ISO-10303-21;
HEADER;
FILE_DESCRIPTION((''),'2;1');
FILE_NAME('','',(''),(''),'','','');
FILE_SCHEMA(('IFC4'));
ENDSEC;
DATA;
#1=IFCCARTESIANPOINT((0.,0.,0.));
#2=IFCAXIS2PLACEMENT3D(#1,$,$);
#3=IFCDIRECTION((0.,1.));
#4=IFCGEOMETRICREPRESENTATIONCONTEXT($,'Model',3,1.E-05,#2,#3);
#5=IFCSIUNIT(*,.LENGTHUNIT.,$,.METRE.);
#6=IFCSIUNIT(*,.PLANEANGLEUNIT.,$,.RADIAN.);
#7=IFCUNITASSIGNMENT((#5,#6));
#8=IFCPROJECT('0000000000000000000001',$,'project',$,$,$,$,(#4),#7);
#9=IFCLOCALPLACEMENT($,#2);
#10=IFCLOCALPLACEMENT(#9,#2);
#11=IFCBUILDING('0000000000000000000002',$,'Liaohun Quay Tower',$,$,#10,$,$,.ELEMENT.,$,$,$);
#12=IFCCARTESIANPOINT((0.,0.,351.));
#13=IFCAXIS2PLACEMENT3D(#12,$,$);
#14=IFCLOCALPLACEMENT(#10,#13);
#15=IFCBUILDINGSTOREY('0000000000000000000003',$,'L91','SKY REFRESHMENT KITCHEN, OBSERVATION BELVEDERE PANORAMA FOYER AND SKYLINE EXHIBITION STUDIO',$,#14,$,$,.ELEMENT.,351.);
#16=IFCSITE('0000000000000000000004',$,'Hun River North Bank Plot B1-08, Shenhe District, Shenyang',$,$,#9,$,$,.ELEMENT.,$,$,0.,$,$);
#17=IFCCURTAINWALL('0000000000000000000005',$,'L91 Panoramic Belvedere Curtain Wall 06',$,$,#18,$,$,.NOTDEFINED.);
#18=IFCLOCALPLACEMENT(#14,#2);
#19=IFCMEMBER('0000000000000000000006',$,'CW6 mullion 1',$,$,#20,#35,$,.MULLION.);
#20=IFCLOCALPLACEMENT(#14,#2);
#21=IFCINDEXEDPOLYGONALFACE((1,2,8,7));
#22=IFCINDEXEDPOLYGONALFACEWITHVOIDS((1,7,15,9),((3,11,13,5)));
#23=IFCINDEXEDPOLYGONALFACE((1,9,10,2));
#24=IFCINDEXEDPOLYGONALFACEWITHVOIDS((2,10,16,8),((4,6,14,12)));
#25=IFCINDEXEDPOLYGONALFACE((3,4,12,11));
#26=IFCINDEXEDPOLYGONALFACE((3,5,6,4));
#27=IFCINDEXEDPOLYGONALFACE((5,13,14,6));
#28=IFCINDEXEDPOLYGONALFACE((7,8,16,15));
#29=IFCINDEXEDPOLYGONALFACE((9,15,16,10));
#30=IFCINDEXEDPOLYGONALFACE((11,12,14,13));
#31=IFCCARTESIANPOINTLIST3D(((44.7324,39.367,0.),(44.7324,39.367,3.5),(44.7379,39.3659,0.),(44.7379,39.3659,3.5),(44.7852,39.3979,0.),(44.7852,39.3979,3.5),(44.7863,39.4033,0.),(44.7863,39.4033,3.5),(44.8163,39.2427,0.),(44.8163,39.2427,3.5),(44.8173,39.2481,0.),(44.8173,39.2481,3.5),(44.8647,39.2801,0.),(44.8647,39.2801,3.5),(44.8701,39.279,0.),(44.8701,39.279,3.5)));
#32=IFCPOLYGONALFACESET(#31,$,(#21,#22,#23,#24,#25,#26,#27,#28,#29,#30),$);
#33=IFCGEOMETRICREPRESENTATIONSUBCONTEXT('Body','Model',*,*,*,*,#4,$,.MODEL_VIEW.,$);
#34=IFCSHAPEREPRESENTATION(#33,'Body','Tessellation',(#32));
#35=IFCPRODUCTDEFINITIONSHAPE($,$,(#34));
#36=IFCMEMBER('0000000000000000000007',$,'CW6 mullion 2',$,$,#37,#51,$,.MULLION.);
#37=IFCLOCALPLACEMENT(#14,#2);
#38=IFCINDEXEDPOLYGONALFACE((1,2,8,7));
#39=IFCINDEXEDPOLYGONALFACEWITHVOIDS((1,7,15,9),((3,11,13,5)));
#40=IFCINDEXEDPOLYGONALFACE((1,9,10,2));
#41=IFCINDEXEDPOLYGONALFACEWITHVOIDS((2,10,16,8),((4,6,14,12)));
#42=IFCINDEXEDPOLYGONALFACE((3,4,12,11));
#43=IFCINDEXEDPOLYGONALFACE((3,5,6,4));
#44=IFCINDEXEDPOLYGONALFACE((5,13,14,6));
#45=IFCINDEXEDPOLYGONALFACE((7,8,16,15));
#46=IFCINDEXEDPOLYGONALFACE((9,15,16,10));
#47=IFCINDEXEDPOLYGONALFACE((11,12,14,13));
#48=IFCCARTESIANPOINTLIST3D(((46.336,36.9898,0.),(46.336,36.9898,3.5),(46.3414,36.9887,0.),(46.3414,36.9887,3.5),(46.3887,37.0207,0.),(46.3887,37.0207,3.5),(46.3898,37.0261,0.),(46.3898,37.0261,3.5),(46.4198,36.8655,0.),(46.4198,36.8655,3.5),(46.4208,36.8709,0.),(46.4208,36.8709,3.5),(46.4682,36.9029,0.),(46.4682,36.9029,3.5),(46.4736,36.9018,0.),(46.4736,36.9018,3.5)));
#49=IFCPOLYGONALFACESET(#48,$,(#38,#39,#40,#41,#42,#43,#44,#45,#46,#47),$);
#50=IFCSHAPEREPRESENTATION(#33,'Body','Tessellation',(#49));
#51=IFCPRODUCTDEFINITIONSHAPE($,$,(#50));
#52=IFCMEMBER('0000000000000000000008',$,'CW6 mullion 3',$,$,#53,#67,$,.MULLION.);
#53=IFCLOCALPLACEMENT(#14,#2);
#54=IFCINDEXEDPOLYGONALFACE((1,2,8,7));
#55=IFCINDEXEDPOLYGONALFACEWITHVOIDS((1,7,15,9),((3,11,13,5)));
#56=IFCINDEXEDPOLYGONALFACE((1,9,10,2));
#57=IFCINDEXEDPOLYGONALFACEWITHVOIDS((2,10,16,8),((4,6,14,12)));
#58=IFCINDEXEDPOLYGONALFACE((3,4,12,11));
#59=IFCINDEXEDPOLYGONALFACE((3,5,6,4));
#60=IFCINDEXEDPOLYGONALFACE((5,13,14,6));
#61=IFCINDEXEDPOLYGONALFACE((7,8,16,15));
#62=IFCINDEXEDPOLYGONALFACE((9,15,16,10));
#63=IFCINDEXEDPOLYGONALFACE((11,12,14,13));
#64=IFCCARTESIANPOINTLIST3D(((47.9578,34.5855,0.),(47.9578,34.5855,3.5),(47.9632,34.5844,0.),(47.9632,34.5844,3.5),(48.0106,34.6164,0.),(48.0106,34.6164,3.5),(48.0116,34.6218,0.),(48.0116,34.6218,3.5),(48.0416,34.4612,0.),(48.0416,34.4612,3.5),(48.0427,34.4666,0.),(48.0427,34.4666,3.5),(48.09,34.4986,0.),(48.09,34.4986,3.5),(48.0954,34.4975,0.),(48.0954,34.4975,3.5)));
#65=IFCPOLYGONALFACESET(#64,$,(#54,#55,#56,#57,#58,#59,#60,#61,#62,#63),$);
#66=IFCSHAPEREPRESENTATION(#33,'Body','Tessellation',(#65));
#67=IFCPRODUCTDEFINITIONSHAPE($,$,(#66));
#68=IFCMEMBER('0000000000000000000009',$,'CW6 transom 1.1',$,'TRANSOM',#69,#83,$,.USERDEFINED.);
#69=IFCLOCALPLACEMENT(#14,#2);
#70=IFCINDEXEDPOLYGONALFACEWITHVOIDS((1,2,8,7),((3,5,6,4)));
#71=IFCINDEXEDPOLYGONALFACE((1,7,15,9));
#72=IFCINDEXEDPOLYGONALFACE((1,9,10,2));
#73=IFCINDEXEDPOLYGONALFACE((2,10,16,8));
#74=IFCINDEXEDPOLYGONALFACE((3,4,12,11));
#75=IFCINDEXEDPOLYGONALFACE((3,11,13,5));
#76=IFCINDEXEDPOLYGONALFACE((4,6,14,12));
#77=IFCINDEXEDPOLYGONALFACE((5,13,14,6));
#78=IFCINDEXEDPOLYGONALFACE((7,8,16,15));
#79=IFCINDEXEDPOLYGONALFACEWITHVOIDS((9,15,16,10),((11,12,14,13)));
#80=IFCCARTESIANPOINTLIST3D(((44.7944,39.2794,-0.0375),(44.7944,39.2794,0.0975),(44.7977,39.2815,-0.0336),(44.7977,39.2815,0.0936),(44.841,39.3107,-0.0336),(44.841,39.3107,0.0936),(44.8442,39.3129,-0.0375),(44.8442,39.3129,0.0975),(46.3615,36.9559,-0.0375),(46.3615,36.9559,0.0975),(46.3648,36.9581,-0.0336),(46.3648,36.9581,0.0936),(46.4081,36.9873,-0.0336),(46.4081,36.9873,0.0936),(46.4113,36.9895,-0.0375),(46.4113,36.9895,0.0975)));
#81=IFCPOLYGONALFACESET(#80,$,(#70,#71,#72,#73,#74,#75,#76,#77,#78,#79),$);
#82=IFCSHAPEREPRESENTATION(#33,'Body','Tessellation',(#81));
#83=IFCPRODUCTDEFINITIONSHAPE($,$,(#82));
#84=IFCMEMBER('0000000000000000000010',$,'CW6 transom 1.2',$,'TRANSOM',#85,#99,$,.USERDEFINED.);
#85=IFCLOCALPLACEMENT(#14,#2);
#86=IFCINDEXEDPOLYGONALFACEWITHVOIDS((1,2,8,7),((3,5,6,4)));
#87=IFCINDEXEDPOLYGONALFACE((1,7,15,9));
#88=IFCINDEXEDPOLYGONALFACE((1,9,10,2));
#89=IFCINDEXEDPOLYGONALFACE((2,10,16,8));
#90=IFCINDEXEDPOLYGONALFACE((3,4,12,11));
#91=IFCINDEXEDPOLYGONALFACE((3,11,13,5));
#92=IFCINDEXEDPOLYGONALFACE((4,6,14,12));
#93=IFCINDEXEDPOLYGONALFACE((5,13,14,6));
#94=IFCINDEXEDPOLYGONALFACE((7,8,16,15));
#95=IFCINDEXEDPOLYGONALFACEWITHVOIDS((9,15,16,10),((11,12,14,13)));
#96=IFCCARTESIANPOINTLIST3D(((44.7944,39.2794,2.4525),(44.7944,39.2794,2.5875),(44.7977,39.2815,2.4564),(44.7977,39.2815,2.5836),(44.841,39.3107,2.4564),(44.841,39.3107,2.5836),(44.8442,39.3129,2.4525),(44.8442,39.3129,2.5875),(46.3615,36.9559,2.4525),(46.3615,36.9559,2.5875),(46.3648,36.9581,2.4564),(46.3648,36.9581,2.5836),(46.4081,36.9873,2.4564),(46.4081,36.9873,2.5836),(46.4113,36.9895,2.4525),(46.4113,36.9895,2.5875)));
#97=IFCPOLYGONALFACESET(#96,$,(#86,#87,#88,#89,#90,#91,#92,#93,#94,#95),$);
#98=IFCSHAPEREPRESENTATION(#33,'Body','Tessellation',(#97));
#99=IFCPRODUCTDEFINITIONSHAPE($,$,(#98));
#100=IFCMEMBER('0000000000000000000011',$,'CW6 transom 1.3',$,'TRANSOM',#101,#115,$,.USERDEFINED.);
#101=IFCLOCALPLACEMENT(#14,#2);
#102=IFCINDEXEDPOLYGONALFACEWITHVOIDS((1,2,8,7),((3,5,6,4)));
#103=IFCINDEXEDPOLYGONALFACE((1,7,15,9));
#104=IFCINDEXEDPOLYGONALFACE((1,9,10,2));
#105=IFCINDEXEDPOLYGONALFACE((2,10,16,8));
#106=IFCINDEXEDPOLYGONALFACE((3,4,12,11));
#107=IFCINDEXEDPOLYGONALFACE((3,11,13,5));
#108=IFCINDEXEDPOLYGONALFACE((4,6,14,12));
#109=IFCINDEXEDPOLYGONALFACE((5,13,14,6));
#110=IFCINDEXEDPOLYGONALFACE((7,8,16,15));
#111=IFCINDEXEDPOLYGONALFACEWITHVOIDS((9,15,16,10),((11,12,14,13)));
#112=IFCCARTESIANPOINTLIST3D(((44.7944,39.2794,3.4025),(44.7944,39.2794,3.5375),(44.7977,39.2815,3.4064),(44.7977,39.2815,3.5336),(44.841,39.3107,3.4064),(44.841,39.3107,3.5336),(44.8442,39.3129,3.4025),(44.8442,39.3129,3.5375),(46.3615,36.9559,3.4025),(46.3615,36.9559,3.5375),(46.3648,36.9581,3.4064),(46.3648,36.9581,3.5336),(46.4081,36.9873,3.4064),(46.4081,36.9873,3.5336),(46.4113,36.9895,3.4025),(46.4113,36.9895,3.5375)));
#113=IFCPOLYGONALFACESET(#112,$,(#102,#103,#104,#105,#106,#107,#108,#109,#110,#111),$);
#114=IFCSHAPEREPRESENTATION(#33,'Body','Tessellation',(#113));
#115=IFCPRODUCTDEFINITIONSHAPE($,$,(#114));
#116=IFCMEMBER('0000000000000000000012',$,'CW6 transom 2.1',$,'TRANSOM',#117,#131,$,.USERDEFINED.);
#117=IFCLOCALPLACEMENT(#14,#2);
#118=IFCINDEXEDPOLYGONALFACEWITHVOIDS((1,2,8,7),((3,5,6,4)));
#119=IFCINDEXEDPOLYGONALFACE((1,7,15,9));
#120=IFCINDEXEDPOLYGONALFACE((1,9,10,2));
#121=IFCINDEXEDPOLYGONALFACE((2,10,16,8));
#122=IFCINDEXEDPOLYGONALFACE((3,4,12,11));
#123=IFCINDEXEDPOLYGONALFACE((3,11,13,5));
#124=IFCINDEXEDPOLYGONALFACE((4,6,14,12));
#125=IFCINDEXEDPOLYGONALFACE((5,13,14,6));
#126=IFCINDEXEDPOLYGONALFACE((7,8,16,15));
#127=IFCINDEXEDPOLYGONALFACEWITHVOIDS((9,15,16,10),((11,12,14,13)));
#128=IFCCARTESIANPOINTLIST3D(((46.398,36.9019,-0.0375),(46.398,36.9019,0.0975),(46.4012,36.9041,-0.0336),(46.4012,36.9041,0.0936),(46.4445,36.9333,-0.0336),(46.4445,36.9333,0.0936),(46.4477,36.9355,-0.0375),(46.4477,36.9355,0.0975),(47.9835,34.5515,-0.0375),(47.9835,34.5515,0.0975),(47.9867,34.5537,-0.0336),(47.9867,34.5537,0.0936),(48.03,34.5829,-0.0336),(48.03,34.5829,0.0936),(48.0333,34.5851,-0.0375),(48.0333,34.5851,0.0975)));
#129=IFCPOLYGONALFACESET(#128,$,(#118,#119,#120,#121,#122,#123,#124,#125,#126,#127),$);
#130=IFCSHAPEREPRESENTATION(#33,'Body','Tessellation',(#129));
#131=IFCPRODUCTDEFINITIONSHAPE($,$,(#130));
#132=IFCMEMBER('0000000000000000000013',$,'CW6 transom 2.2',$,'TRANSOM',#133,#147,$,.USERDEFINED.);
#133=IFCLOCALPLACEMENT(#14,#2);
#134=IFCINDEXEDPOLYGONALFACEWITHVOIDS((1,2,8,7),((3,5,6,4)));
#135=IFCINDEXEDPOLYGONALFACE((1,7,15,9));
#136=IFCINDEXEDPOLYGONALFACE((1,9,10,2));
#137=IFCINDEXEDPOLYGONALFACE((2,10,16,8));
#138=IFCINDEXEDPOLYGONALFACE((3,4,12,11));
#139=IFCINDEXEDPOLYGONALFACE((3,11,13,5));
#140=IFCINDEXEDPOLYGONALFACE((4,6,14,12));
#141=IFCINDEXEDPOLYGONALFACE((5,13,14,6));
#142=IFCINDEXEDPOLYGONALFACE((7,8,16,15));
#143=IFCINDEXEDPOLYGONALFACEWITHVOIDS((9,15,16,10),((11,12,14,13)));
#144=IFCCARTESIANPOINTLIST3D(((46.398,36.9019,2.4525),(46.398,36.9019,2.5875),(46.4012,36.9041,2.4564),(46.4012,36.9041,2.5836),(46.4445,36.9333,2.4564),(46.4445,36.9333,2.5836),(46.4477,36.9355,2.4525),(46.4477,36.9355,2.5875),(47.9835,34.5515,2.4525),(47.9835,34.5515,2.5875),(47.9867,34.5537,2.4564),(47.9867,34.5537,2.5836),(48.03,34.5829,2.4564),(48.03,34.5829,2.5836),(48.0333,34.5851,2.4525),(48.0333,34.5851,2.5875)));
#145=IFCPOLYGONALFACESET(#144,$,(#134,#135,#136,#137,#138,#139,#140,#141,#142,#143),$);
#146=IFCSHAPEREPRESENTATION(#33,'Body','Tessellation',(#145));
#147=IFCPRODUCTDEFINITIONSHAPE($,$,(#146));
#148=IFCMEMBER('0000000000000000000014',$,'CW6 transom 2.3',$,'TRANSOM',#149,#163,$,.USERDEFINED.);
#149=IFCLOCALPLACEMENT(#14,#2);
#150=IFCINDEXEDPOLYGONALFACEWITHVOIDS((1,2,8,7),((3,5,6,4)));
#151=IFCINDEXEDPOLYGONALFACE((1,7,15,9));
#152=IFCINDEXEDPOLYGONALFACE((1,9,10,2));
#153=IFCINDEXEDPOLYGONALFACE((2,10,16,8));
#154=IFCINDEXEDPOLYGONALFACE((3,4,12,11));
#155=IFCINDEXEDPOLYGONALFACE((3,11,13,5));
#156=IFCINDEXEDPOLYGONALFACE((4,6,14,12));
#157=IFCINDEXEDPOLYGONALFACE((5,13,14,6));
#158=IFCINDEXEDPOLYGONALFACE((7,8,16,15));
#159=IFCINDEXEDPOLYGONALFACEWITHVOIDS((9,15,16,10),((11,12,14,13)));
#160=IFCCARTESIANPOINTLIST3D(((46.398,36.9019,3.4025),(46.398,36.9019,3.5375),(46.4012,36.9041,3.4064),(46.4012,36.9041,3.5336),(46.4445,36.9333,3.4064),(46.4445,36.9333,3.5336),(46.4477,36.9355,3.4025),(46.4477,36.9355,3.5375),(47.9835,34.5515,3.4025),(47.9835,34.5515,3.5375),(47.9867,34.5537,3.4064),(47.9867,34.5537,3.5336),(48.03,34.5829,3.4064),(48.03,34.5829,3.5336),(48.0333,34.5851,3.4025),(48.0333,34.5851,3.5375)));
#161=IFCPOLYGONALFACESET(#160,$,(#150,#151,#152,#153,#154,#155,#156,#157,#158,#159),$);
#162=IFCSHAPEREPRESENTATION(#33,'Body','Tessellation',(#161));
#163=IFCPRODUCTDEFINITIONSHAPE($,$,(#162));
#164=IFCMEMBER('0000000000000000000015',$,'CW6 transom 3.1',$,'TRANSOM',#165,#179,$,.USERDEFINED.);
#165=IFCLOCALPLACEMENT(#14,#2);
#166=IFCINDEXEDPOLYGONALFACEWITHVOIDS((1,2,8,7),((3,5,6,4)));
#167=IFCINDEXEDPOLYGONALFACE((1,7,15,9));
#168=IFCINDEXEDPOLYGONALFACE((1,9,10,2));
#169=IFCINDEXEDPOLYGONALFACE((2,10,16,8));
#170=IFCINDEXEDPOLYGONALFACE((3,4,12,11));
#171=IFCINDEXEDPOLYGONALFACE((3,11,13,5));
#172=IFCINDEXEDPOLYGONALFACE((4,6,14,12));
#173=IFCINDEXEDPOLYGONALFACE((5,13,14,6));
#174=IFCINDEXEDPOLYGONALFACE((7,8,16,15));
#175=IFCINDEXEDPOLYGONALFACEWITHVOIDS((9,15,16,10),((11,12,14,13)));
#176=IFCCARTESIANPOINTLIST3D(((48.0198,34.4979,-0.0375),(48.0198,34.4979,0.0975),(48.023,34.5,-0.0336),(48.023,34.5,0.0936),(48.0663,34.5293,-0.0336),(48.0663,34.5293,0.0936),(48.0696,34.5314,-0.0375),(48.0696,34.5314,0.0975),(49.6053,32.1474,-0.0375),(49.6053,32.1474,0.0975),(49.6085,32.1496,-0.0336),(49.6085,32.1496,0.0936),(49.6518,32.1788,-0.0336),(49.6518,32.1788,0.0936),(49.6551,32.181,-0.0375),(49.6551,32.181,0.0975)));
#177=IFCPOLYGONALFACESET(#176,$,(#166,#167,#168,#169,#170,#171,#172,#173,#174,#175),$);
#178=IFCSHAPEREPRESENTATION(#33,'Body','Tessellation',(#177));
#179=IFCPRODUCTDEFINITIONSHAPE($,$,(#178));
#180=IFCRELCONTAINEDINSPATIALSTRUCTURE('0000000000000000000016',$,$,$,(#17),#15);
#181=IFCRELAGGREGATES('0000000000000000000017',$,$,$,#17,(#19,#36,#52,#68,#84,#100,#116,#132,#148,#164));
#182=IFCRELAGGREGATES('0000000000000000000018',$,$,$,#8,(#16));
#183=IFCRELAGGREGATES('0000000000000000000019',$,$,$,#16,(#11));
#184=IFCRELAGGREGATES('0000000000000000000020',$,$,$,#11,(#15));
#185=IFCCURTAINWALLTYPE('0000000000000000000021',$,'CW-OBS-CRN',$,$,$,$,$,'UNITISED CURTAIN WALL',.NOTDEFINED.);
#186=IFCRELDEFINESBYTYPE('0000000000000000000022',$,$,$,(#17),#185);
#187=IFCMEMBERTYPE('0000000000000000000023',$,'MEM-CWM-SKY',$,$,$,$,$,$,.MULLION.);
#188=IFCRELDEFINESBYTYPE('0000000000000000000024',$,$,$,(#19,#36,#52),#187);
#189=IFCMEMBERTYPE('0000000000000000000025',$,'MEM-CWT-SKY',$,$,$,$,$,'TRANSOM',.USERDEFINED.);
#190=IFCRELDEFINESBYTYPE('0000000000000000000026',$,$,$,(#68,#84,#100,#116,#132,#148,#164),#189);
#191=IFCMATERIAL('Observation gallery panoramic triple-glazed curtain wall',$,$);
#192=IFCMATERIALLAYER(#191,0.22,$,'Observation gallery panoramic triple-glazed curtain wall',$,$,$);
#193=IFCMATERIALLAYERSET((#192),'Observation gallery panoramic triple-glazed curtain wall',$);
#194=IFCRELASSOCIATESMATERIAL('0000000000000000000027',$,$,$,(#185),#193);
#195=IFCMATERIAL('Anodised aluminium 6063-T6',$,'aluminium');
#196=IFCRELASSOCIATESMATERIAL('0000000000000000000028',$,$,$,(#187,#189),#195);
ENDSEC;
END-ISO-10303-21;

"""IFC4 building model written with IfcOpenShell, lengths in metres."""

from ifc_helpers import new_model, si_unit, direction, frame, origin, origin_2d, place, context, subcontext, project, spatial, hollow_rectangle, extrude, source, transform, mapped, material, layer, layer_set, material_profile, profile_set, type_object, element, aggregate, save


model = new_model("IFC4")

# Units and contexts
model_context = context("Model", 3, precision=1e-05, world=origin(), true_north=direction((0.0, 1.0)))
body_context = subcontext(model_context, "Body", "Model", "MODEL_VIEW")
ifc_project = project(units=[si_unit("LENGTHUNIT", "METRE"), si_unit("PLANEANGLEUNIT", "RADIAN")], contexts=[model_context])

# Site, building, storey
site_placement = place(None, origin())
site = spatial("IfcSite", under=ifc_project, at=site_placement, Name="Hun River North Bank Plot B1-08, Shenhe District, Shenyang", CompositionType="ELEMENT", RefElevation=0.0)
building_placement = place(site_placement, origin())
building = spatial("IfcBuilding", under=site, at=building_placement, Name="Liaohun Quay Tower", CompositionType="ELEMENT")
storey_placement = place(building_placement, frame((0.0, 0.0, 351.0)))
storey = spatial("IfcBuildingStorey", under=building, at=storey_placement, Name="L91", Description="SKY REFRESHMENT KITCHEN, OBSERVATION BELVEDERE PANORAMA FOYER AND SKYLINE EXHIBITION STUDIO", CompositionType="ELEMENT", Elevation=351.0)

# Curtain wall, members
ifc_material_1 = material(Name="Observation gallery panoramic triple-glazed curtain wall")
ifc_layer_1 = layer(ifc_material_1, 0.22, Name="Observation gallery panoramic triple-glazed curtain wall")
ifc_layer_set_1 = layer_set([ifc_layer_1], Name="Observation gallery panoramic triple-glazed curtain wall")
curtain_wall_type = type_object("IfcCurtainWallType", Name="CW-OBS-CRN", ElementType="UNITISED CURTAIN WALL", PredefinedType="NOTDEFINED", material=ifc_layer_set_1)
curtain_wall_placement = place(storey_placement, origin())
curtain_wall = element("IfcCurtainWall", 1, at=curtain_wall_placement, inside=storey, type_object=curtain_wall_type, Name="L91 Panoramic Belvedere Curtain Wall 06", PredefinedType="NOTDEFINED")
ifc_material_2 = material(Name="Anodised aluminium 6063-T6", Category="aluminium")
ifc_material_profile_1 = material_profile(ifc_material_2, hollow_rectangle(XDim=0.0649, YDim=0.1499, WallThickness=0.0039, at=origin_2d()), Name="RHS150x65x4")
ifc_profile_set_1 = profile_set([ifc_material_profile_1], Name="Anodised aluminium 6063-T6")
member_type_1 = type_object("IfcMemberType", Name="MEM-CWM-SKY", PredefinedType="MULLION", material=ifc_profile_set_1)
shared_shape_1 = source(origin(), body_context, "Body", "SweptSolid", [
    extrude(hollow_rectangle(XDim=0.0649, YDim=0.1499, WallThickness=0.0039, at=origin_2d()), origin(), (0.0, 0.0, 1.0), 3.5),
])
member_1_placement = place(storey_placement, frame((44.8013, 39.323, 0.0), z_axis=(0.0, 0.0, 1.0), x_axis=(0.829028, 0.559208, 0.0)))
member_1 = element("IfcMember", 2, at=member_1_placement, type_object=member_type_1, Name="CW6 mullion 1", PredefinedType="MULLION", context=body_context, shape_type="MappedRepresentation", body=[
    mapped(shared_shape_1, transform((0.0, 0.0, 0.0), x_axis=(1.0, 0.0, 0.0), y_axis=(0.0, 1.0, 0.0), z_axis=(0.0, 0.0, 1.0), scale=1.0)),
])
member_2_placement = place(storey_placement, frame((46.4048, 36.9458, 0.0), z_axis=(0.0, 0.0, 1.0), x_axis=(0.829028, 0.559208, 0.0)))
member_2 = element("IfcMember", 3, at=member_2_placement, type_object=member_type_1, Name="CW6 mullion 2", PredefinedType="MULLION", context=body_context, shape_type="MappedRepresentation", body=[
    mapped(shared_shape_1, transform((0.0, 0.0, 0.0), x_axis=(1.0, 0.0, 0.0), y_axis=(0.0, 1.0, 0.0), z_axis=(0.0, 0.0, 1.0), scale=1.0)),
])
member_3_placement = place(storey_placement, frame((48.0266, 34.5415, 0.0), z_axis=(0.0, 0.0, 1.0), x_axis=(0.829028, 0.559208, 0.0)))
member_3 = element("IfcMember", 4, at=member_3_placement, type_object=member_type_1, Name="CW6 mullion 3", PredefinedType="MULLION", context=body_context, shape_type="MappedRepresentation", body=[
    mapped(shared_shape_1, transform((0.0, 0.0, 0.0), x_axis=(1.0, 0.0, 0.0), y_axis=(0.0, 1.0, 0.0), z_axis=(0.0, 0.0, 1.0), scale=1.0)),
])
ifc_material_profile_2 = material_profile(ifc_material_2, hollow_rectangle(XDim=0.0601, YDim=0.135, WallThickness=0.0039, at=origin_2d()), Name="RHS135x60x4")
ifc_profile_set_2 = profile_set([ifc_material_profile_2], Name="Anodised aluminium 6063-T6")
member_type_2 = type_object("IfcMemberType", Name="MEM-CWT-SKY", ElementType="TRANSOM", PredefinedType="USERDEFINED", material=ifc_profile_set_2)
shared_shape_2 = source(origin(), body_context, "Body", "SweptSolid", [
    extrude(hollow_rectangle(XDim=0.0601, YDim=0.135, WallThickness=0.0039, at=origin_2d()), origin(), (0.0, 0.0, 1.0), 2.8025),
])
member_4_placement = place(storey_placement, frame((44.8193, 39.2961, 0.03), z_axis=(0.559175, -0.82905, 0.0), x_axis=(0.82905, 0.559175, 0.0)))
member_4 = element("IfcMember", 5, at=member_4_placement, type_object=member_type_2, Name="CW6 transom 1.1", ObjectType="TRANSOM", PredefinedType="USERDEFINED", context=body_context, shape_type="MappedRepresentation", body=[
    mapped(shared_shape_2, transform((0.0, 0.0, 0.0), x_axis=(1.0, 0.0, 0.0), y_axis=(0.0, 1.0, 0.0), z_axis=(0.0, 0.0, 1.0), scale=1.0)),
])
member_5_placement = place(storey_placement, frame((44.8193, 39.2961, 2.52), z_axis=(0.559175, -0.82905, 0.0), x_axis=(0.82905, 0.559175, 0.0)))
member_5 = element("IfcMember", 6, at=member_5_placement, type_object=member_type_2, Name="CW6 transom 1.2", ObjectType="TRANSOM", PredefinedType="USERDEFINED", context=body_context, shape_type="MappedRepresentation", body=[
    mapped(shared_shape_2, transform((0.0, 0.0, 0.0), x_axis=(1.0, 0.0, 0.0), y_axis=(0.0, 1.0, 0.0), z_axis=(0.0, 0.0, 1.0), scale=1.0)),
])
member_6_placement = place(storey_placement, frame((44.8193, 39.2961, 3.47), z_axis=(0.559175, -0.82905, 0.0), x_axis=(0.82905, 0.559175, 0.0)))
member_6 = element("IfcMember", 7, at=member_6_placement, type_object=member_type_2, Name="CW6 transom 1.3", ObjectType="TRANSOM", PredefinedType="USERDEFINED", context=body_context, shape_type="MappedRepresentation", body=[
    mapped(shared_shape_2, transform((0.0, 0.0, 0.0), x_axis=(1.0, 0.0, 0.0), y_axis=(0.0, 1.0, 0.0), z_axis=(0.0, 0.0, 1.0), scale=1.0)),
])
shared_shape_3 = source(origin(), body_context, "Body", "SweptSolid", [
    extrude(hollow_rectangle(XDim=0.0601, YDim=0.135, WallThickness=0.0039, at=origin_2d()), origin(), (0.0, 0.0, 1.0), 2.8352),
])
member_7_placement = place(storey_placement, frame((46.4229, 36.9187, 0.03), z_axis=(0.559223, -0.829017, 0.0), x_axis=(0.829017, 0.559223, 0.0)))
member_7 = element("IfcMember", 8, at=member_7_placement, type_object=member_type_2, Name="CW6 transom 2.1", ObjectType="TRANSOM", PredefinedType="USERDEFINED", context=body_context, shape_type="MappedRepresentation", body=[
    mapped(shared_shape_3, transform((0.0, 0.0, 0.0), x_axis=(1.0, 0.0, 0.0), y_axis=(0.0, 1.0, 0.0), z_axis=(0.0, 0.0, 1.0), scale=1.0)),
])
member_8_placement = place(storey_placement, frame((46.4229, 36.9187, 2.52), z_axis=(0.559223, -0.829017, 0.0), x_axis=(0.829017, 0.559223, 0.0)))
member_8 = element("IfcMember", 9, at=member_8_placement, type_object=member_type_2, Name="CW6 transom 2.2", ObjectType="TRANSOM", PredefinedType="USERDEFINED", context=body_context, shape_type="MappedRepresentation", body=[
    mapped(shared_shape_3, transform((0.0, 0.0, 0.0), x_axis=(1.0, 0.0, 0.0), y_axis=(0.0, 1.0, 0.0), z_axis=(0.0, 0.0, 1.0), scale=1.0)),
])
member_9_placement = place(storey_placement, frame((46.4229, 36.9187, 3.47), z_axis=(0.559223, -0.829017, 0.0), x_axis=(0.829017, 0.559223, 0.0)))
member_9 = element("IfcMember", 10, at=member_9_placement, type_object=member_type_2, Name="CW6 transom 2.3", ObjectType="TRANSOM", PredefinedType="USERDEFINED", context=body_context, shape_type="MappedRepresentation", body=[
    mapped(shared_shape_3, transform((0.0, 0.0, 0.0), x_axis=(1.0, 0.0, 0.0), y_axis=(0.0, 1.0, 0.0), z_axis=(0.0, 0.0, 1.0), scale=1.0)),
])
member_10_placement = place(storey_placement, frame((48.0447, 34.5146, 0.03), z_axis=(0.559223, -0.829017, 0.0), x_axis=(0.829017, 0.559223, 0.0)))
member_10 = element("IfcMember", 11, at=member_10_placement, type_object=member_type_2, Name="CW6 transom 3.1", ObjectType="TRANSOM", PredefinedType="USERDEFINED", context=body_context, shape_type="MappedRepresentation", body=[
    mapped(shared_shape_3, transform((0.0, 0.0, 0.0), x_axis=(1.0, 0.0, 0.0), y_axis=(0.0, 1.0, 0.0), z_axis=(0.0, 0.0, 1.0), scale=1.0)),
])

aggregate(curtain_wall, [member_1, member_2, member_3, member_4, member_5, member_6, member_7, member_8, member_9, member_10])

save(model, "model.ifc")
